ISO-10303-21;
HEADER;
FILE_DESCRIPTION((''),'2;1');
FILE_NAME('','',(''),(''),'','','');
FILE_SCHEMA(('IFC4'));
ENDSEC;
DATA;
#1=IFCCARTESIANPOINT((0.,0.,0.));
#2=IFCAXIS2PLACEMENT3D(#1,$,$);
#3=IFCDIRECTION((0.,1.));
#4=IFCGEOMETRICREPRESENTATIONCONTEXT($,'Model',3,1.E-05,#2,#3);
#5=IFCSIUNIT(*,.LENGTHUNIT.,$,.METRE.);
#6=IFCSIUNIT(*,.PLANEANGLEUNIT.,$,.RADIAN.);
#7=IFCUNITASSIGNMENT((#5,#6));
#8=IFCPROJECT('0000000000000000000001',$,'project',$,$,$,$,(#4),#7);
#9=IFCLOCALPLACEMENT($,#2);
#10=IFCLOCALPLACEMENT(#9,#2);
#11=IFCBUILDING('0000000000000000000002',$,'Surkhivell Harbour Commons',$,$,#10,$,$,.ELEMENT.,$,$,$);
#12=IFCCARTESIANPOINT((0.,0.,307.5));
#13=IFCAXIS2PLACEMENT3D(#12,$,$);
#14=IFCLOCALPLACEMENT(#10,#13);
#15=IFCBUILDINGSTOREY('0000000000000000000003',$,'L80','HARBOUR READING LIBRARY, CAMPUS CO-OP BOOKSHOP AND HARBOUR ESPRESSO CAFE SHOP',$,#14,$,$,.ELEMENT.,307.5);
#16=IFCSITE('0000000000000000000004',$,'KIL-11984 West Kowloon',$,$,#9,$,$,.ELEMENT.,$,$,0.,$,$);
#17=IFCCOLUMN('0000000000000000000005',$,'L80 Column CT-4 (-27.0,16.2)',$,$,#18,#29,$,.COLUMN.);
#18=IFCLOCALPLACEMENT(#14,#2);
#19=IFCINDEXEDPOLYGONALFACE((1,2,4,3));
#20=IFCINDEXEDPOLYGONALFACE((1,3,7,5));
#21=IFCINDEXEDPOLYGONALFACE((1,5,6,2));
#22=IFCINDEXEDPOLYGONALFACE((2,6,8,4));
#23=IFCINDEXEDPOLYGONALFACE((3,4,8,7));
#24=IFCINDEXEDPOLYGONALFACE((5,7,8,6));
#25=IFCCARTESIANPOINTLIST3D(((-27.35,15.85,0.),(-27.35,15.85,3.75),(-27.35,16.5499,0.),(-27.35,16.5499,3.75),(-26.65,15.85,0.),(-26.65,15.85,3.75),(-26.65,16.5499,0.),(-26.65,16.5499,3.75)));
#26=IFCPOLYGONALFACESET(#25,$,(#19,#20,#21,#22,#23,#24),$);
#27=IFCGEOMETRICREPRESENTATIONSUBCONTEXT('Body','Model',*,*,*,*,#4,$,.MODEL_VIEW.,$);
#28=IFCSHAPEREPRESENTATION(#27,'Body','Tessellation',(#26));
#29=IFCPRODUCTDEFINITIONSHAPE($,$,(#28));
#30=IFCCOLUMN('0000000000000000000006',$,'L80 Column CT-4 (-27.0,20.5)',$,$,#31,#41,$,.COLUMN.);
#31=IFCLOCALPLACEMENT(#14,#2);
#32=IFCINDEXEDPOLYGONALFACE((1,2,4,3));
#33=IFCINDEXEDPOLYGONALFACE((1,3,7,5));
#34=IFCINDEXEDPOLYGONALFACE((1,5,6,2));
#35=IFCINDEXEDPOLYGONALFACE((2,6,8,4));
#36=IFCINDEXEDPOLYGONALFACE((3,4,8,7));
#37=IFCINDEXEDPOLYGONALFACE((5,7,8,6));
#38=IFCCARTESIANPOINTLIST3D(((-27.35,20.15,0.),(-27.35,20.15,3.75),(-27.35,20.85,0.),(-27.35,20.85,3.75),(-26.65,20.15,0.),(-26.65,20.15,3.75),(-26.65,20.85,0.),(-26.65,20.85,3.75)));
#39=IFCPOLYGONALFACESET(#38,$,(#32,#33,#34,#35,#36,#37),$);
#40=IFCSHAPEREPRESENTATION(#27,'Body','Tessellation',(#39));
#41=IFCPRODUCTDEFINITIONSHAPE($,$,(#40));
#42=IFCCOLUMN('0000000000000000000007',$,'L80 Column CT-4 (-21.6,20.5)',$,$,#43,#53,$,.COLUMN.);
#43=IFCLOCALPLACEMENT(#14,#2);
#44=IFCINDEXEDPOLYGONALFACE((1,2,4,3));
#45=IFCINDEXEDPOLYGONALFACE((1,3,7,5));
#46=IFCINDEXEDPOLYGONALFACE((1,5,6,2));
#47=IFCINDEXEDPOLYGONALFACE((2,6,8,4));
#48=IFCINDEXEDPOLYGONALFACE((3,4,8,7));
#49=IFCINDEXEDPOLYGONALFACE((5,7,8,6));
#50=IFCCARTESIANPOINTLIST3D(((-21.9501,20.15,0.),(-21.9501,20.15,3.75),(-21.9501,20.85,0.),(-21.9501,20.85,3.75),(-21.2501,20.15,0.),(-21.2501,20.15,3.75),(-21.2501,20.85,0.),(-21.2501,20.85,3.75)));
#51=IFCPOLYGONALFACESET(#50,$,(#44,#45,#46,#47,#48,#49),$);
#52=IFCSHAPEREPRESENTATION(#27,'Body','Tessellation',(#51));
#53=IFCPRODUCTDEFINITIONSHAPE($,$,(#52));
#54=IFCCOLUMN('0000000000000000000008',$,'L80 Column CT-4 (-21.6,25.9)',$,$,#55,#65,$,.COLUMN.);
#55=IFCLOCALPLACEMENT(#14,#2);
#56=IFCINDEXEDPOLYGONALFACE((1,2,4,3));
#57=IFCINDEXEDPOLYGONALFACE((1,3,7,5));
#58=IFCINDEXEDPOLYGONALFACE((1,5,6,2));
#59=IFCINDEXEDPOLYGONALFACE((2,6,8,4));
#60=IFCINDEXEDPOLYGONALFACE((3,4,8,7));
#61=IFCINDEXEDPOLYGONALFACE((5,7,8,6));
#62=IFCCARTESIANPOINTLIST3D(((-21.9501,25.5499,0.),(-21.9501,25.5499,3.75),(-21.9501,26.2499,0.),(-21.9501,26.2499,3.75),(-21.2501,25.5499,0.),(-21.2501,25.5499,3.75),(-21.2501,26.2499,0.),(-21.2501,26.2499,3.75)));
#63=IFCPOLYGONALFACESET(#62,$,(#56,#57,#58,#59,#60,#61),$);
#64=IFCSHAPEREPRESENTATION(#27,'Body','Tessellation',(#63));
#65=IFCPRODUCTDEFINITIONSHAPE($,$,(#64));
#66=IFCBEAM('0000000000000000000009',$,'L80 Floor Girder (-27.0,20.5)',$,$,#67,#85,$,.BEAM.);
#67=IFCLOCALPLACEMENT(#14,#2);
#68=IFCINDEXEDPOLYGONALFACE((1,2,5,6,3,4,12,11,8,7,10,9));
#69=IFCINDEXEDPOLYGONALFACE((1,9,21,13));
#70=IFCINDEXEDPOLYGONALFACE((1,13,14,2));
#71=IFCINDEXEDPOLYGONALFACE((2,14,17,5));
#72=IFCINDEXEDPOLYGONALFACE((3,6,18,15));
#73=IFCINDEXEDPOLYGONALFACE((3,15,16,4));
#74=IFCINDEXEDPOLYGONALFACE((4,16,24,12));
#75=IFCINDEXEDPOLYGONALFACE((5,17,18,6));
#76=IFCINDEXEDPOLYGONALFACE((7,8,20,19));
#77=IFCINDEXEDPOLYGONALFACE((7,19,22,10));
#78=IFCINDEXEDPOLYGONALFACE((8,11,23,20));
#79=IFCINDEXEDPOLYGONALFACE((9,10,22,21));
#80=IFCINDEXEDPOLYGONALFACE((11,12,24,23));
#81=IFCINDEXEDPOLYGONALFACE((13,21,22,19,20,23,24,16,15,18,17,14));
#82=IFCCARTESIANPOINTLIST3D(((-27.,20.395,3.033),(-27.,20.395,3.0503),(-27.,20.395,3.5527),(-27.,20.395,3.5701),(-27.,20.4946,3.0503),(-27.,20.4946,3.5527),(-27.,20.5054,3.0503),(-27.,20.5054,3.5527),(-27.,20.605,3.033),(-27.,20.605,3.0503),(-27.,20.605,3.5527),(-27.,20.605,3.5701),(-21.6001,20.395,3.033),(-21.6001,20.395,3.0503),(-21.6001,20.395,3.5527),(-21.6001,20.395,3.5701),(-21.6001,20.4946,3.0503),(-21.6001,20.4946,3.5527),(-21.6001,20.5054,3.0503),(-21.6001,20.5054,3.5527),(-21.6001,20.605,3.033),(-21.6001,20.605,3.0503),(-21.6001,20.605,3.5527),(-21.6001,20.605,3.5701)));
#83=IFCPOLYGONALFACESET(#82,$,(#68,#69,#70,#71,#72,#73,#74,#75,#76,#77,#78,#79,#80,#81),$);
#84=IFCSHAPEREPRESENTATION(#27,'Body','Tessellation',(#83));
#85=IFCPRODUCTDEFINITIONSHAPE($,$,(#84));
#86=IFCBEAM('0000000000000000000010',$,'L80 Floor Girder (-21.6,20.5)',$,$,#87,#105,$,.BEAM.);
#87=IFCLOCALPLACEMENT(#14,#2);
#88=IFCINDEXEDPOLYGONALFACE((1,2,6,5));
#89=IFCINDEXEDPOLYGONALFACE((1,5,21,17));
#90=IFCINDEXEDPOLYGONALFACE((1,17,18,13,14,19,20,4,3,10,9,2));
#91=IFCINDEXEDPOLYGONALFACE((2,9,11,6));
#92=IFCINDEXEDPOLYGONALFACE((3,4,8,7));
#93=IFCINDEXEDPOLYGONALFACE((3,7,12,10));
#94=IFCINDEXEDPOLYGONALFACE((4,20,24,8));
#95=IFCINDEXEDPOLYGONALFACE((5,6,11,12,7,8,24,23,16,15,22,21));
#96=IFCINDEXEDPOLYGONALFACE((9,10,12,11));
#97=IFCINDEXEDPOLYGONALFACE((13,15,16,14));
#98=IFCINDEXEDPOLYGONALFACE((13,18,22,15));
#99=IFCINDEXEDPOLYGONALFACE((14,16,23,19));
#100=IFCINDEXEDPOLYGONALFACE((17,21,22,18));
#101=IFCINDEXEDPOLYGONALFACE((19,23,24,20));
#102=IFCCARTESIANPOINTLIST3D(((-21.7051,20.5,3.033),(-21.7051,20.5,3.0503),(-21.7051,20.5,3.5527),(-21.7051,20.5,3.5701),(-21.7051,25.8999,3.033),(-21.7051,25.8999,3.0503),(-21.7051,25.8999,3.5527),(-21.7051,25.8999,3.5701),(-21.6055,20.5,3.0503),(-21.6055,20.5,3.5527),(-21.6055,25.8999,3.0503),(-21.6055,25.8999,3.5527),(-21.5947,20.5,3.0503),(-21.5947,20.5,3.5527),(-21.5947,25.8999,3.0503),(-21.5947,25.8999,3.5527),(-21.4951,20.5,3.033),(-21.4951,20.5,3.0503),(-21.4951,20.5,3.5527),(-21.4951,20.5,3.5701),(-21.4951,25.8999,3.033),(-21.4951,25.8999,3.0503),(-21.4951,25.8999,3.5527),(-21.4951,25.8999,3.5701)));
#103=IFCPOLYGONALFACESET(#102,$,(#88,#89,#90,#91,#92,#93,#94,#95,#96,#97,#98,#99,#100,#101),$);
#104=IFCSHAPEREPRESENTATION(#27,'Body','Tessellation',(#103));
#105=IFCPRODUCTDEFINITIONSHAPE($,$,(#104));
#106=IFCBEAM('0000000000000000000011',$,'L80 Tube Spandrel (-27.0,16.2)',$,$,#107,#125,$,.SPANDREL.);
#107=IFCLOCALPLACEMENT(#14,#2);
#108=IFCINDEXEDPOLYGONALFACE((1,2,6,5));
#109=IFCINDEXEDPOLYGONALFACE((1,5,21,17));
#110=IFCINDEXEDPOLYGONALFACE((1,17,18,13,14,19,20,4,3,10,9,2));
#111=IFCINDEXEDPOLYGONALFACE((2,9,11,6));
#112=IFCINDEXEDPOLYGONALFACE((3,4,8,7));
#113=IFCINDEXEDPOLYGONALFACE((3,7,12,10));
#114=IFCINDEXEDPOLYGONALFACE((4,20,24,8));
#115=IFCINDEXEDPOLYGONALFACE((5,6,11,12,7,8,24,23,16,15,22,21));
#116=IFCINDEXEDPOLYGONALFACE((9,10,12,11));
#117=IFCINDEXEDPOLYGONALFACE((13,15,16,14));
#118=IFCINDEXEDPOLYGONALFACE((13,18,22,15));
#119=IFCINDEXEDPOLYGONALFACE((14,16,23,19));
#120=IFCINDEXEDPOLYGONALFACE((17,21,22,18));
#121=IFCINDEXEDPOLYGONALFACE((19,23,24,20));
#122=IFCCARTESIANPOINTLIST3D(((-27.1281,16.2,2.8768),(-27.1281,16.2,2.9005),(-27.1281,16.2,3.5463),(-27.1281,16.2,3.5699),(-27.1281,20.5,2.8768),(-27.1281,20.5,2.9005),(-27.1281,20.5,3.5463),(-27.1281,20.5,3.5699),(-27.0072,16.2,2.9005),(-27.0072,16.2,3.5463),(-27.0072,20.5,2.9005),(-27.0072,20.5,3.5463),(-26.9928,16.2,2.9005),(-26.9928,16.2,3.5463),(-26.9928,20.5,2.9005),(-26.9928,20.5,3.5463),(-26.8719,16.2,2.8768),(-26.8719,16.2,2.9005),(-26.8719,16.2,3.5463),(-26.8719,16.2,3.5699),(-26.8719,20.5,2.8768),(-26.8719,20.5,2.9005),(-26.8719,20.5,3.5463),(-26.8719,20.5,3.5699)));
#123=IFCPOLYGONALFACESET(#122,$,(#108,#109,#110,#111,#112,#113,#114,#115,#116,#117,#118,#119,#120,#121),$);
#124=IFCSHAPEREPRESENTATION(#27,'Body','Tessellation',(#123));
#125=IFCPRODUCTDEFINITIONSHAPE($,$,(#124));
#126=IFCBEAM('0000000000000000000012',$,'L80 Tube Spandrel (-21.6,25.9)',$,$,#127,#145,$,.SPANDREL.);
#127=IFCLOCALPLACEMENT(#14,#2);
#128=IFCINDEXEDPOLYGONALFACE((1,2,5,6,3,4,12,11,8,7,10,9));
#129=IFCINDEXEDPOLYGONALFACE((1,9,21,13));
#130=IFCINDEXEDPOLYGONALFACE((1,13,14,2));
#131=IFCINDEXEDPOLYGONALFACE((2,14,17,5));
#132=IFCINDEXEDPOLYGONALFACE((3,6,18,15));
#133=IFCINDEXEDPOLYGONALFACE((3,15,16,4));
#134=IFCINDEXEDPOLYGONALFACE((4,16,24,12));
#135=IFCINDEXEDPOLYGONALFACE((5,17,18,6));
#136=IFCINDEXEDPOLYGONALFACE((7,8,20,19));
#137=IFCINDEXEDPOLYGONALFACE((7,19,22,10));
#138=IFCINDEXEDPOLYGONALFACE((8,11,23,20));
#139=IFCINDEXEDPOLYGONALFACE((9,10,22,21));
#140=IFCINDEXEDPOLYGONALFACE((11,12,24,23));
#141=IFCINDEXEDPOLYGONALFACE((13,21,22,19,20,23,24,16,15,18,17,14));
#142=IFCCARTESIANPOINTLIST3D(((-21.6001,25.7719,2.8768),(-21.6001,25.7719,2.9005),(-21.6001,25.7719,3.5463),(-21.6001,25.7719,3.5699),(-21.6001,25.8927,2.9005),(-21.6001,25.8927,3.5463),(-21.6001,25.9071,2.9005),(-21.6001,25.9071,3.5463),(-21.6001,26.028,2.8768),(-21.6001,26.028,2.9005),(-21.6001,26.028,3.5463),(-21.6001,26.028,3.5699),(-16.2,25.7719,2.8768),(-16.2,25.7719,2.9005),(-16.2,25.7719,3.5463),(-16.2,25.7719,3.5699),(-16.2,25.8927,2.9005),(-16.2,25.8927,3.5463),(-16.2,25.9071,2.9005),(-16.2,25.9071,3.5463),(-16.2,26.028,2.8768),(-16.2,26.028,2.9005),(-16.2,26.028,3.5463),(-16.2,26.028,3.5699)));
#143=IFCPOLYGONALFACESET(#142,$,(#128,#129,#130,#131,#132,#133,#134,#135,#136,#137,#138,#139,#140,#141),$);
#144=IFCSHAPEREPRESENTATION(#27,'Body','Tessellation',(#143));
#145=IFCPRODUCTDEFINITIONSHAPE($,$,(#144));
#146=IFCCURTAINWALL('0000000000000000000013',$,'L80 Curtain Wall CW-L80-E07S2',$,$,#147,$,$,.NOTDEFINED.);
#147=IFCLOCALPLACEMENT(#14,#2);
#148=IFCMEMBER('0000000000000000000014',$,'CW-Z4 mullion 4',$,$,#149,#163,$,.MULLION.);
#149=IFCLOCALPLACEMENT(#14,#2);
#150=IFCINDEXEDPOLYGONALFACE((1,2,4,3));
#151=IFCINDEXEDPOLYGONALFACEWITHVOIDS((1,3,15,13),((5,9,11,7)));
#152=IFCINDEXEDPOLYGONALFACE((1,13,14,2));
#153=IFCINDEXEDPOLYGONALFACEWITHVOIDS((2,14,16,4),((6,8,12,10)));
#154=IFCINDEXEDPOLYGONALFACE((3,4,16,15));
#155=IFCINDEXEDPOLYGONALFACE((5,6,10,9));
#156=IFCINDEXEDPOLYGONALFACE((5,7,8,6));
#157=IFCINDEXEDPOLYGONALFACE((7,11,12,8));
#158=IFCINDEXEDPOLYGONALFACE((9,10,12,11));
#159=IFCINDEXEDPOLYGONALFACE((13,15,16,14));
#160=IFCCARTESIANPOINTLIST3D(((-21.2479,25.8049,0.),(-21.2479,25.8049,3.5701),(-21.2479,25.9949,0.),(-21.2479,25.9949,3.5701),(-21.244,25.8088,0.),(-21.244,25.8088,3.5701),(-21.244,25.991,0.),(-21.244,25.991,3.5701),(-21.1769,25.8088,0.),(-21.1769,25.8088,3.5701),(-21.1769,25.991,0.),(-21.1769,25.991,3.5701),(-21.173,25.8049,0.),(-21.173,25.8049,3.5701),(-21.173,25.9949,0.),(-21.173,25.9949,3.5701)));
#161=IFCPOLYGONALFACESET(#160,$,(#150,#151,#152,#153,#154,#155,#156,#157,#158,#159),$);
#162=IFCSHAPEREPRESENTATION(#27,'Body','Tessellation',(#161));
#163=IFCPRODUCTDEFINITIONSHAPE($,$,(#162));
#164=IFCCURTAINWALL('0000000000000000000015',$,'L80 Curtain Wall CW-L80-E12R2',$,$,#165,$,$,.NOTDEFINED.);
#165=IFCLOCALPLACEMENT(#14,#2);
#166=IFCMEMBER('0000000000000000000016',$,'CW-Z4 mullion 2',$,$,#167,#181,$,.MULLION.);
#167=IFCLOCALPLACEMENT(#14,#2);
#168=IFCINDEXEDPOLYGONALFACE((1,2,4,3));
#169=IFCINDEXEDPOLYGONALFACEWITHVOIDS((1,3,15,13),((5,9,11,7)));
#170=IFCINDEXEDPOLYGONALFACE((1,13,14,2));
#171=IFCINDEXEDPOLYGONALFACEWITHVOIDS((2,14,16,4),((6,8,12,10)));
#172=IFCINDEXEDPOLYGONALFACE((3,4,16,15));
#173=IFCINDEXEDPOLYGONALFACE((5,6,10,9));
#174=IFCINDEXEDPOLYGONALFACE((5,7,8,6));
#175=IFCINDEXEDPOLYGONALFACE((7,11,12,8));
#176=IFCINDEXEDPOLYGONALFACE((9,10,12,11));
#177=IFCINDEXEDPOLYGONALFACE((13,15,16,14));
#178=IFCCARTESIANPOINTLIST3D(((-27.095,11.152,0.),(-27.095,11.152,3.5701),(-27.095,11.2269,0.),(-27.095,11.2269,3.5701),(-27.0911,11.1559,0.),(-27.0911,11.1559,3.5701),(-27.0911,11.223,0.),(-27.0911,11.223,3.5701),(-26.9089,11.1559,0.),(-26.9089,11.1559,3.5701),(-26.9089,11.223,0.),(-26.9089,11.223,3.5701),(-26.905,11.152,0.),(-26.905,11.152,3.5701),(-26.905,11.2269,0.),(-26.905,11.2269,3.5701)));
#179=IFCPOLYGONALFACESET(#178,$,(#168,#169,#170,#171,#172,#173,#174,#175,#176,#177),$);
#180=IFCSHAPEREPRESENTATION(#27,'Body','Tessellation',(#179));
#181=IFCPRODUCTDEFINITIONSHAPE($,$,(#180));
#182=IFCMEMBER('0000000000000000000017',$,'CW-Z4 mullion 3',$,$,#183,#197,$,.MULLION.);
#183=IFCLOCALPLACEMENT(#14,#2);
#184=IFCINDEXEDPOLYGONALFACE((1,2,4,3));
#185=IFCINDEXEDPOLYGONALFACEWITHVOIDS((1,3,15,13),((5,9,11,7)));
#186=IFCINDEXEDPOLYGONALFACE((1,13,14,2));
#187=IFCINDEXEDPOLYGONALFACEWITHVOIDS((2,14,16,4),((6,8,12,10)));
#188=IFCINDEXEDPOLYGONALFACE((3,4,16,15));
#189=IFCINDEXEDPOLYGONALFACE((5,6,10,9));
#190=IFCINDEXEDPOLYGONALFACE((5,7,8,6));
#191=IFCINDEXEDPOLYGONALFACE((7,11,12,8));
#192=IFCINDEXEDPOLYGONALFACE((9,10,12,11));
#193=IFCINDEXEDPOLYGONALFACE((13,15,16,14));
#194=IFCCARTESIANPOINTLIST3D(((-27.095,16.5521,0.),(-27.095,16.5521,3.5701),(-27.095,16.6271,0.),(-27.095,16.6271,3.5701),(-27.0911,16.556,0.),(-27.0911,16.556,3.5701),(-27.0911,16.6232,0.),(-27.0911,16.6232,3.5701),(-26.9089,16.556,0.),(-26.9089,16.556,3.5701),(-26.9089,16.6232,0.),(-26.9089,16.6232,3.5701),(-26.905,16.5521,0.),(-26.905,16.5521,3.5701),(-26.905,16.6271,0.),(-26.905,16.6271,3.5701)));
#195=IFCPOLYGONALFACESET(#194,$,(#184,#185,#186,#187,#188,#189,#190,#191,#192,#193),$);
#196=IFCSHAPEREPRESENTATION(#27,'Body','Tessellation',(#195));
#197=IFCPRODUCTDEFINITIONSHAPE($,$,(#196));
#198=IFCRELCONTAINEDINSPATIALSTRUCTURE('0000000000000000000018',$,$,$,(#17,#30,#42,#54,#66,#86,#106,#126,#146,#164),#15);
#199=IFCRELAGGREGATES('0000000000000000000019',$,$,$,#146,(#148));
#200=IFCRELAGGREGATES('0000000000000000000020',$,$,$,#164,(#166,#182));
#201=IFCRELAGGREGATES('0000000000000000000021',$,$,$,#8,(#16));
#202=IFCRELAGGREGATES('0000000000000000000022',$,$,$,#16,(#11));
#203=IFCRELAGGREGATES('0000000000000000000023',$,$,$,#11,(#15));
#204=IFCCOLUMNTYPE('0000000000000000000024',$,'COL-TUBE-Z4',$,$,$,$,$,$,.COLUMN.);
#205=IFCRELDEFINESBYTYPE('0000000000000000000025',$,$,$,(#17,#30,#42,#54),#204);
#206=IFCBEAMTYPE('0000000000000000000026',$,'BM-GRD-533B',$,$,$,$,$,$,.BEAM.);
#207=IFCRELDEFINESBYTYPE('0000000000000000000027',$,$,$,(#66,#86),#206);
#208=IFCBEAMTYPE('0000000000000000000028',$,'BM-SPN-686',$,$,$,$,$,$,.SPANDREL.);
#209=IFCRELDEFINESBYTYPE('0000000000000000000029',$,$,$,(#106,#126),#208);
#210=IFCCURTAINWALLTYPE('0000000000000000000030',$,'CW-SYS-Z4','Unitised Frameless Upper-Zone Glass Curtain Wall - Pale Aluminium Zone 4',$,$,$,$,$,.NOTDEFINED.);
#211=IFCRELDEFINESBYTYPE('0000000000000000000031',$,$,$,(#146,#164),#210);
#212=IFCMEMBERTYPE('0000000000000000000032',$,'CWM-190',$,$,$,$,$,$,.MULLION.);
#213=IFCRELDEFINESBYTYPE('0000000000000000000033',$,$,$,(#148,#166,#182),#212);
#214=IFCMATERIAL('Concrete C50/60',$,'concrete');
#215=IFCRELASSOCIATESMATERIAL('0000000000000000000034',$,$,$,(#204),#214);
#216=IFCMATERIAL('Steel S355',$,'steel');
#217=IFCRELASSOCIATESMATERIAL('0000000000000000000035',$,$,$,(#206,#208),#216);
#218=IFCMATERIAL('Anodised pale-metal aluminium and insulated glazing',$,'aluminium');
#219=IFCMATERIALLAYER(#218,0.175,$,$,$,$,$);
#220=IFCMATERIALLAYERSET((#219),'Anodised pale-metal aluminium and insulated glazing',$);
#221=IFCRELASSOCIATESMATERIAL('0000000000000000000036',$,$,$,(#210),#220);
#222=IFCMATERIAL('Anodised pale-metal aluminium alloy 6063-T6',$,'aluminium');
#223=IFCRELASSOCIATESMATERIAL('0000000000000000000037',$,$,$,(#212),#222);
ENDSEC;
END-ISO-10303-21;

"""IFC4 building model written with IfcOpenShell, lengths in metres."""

from ifc_helpers import new_model, si_unit, direction, frame, origin, origin_2d, place, context, subcontext, project, spatial, rectangle, hollow_rectangle, i_section, extrude, material, layer, layer_set, material_profile, profile_set, type_object, element, aggregate, save


model = new_model("IFC4")

# Units and contexts
model_context = context("Model", 3, precision=1e-05, world=origin(), true_north=direction((0.0, 1.0)))
body_context = subcontext(model_context, "Body", "Model", "MODEL_VIEW")
ifc_project = project(units=[si_unit("LENGTHUNIT", "METRE"), si_unit("PLANEANGLEUNIT", "RADIAN")], contexts=[model_context])

# Site, building, storey
site_placement = place(None, origin())
site = spatial("IfcSite", under=ifc_project, at=site_placement, Name="KIL-11984 West Kowloon", CompositionType="ELEMENT", RefElevation=0.0)
building_placement = place(site_placement, origin())
building = spatial("IfcBuilding", under=site, at=building_placement, Name="Surkhivell Harbour Commons", CompositionType="ELEMENT")
storey_placement = place(building_placement, frame((0.0, 0.0, 307.5)))
storey = spatial("IfcBuildingStorey", under=building, at=storey_placement, Name="L80", Description="HARBOUR READING LIBRARY, CAMPUS CO-OP BOOKSHOP AND HARBOUR ESPRESSO CAFE SHOP", CompositionType="ELEMENT", Elevation=307.5)

# Columns
ifc_material_1 = material(Name="Concrete C50/60", Category="concrete")
ifc_material_profile_1 = material_profile(ifc_material_1, rectangle(XDim=0.7, YDim=0.7, at=origin_2d()), Name="RC-COL-700x700")
ifc_profile_set_1 = profile_set([ifc_material_profile_1], Name="Concrete C50/60")
column_type = type_object("IfcColumnType", Name="COL-TUBE-Z4", PredefinedType="COLUMN", material=ifc_profile_set_1)
for number, where, z_axis, x_axis, name in (
    (1, (-27.0, 16.2, 0.0), (0.0, 0.0, 1.0), (1.0, 0.0, 0.0), "L80 Column CT-4 (-27.0,16.2)"),
    (2, (-27.0, 20.5, 0.0), (0.0, 0.0, 1.0), (1.0, 0.0, 0.0), "L80 Column CT-4 (-27.0,20.5)"),
    (3, (-21.6001, 20.5, 0.0), (0.0, 0.0, 1.0), (1.0, 0.0, 0.0), "L80 Column CT-4 (-21.6,20.5)"),
    (4, (-21.6001, 25.8999, 0.0), (0.0, 0.0, 1.0), (1.0, 0.0, 0.0), "L80 Column CT-4 (-21.6,25.9)"),
):
    element("IfcColumn", number, at=place(storey_placement, frame(where, z_axis=z_axis, x_axis=x_axis)), inside=storey, type_object=column_type, Name=name, PredefinedType="COLUMN", context=body_context, shape_type="SweptSolid", body=[
        extrude(rectangle(XDim=0.7, YDim=0.7, at=origin_2d()), origin(), (0.0, 0.0, 1.0), 3.75),
    ])

# Beams
ifc_material_2 = material(Name="Steel S355", Category="steel")
ifc_material_profile_2 = material_profile(ifc_material_2, i_section(OverallWidth=0.21, OverallDepth=0.5371, WebThickness=0.0107, FlangeThickness=0.0173, at=origin_2d()), Name="UB533x210x101")
ifc_profile_set_2 = profile_set([ifc_material_profile_2], Name="Steel S355")
beam_type_1 = type_object("IfcBeamType", Name="BM-GRD-533B", PredefinedType="BEAM", material=ifc_profile_set_2)
for number, where, z_axis, x_axis, name in (
    (5, (-27.0, 20.5, 3.3015), (1.0, 0.0, 0.0), (0.0, 1.0, 0.0), "L80 Floor Girder (-27.0,20.5)"),
    (6, (-21.6001, 20.5, 3.3015), (0.0, 1.0, 0.0), (-1.0, 0.0, 0.0), "L80 Floor Girder (-21.6,20.5)"),
):
    element("IfcBeam", number, at=place(storey_placement, frame(where, z_axis=z_axis, x_axis=x_axis)), inside=storey, type_object=beam_type_1, Name=name, PredefinedType="BEAM", context=body_context, shape_type="SweptSolid", body=[
        extrude(i_section(OverallWidth=0.21, OverallDepth=0.5371, WebThickness=0.0107, FlangeThickness=0.0173, at=origin_2d()), origin(), (0.0, 0.0, 1.0), 5.3999),
    ])
ifc_material_profile_3 = material_profile(ifc_material_2, i_section(OverallWidth=0.2561, OverallDepth=0.6931, WebThickness=0.0144, FlangeThickness=0.0237, at=origin_2d()), Name="UB686x254x170")
ifc_profile_set_3 = profile_set([ifc_material_profile_3], Name="Steel S355")
beam_type_2 = type_object("IfcBeamType", Name="BM-SPN-686", PredefinedType="SPANDREL", material=ifc_profile_set_3)
beam_1_placement = place(storey_placement, frame((-27.0, 16.2, 3.2234), z_axis=(0.0, 1.0, 0.0), x_axis=(-1.0, 0.0, 0.0)))
element("IfcBeam", 7, at=beam_1_placement, inside=storey, type_object=beam_type_2, Name="L80 Tube Spandrel (-27.0,16.2)", PredefinedType="SPANDREL", context=body_context, shape_type="SweptSolid", body=[
    extrude(i_section(OverallWidth=0.2561, OverallDepth=0.6931, WebThickness=0.0144, FlangeThickness=0.0237, at=origin_2d()), origin(), (0.0, 0.0, 1.0), 4.3),
])
beam_2_placement = place(storey_placement, frame((-21.6001, 25.8999, 3.2234), z_axis=(1.0, 0.0, 0.0), x_axis=(0.0, 1.0, 0.0)))
element("IfcBeam", 8, at=beam_2_placement, inside=storey, type_object=beam_type_2, Name="L80 Tube Spandrel (-21.6,25.9)", PredefinedType="SPANDREL", context=body_context, shape_type="SweptSolid", body=[
    extrude(i_section(OverallWidth=0.2561, OverallDepth=0.6931, WebThickness=0.0144, FlangeThickness=0.0237, at=origin_2d()), origin(), (0.0, 0.0, 1.0), 5.4001),
])

# Curtain wall, member
ifc_material_3 = material(Name="Anodised pale-metal aluminium and insulated glazing", Category="aluminium")
ifc_layer_1 = layer(ifc_material_3, 0.175)
ifc_layer_set_1 = layer_set([ifc_layer_1], Name="Anodised pale-metal aluminium and insulated glazing")
curtain_wall_type = type_object("IfcCurtainWallType", Name="CW-SYS-Z4", Description="Unitised Frameless Upper-Zone Glass Curtain Wall - Pale Aluminium Zone 4", PredefinedType="NOTDEFINED", material=ifc_layer_set_1)
curtain_wall_1_placement = place(storey_placement, origin())
curtain_wall_1 = element("IfcCurtainWall", 9, at=curtain_wall_1_placement, inside=storey, type_object=curtain_wall_type, Name="L80 Curtain Wall CW-L80-E07S2", PredefinedType="NOTDEFINED")
ifc_material_4 = material(Name="Anodised pale-metal aluminium alloy 6063-T6", Category="aluminium")
ifc_material_profile_4 = material_profile(ifc_material_4, hollow_rectangle(XDim=0.075, YDim=0.1899, WallThickness=0.0039, at=origin_2d()), Name="ALU-MULL-75x190")
ifc_profile_set_4 = profile_set([ifc_material_profile_4], Name="Anodised pale-metal aluminium alloy 6063-T6")
member_type_1 = type_object("IfcMemberType", Name="CWM-190", PredefinedType="MULLION", material=ifc_profile_set_4)
member_1_placement = place(storey_placement, frame((-21.2104, 25.8999, 0.0), z_axis=(0.0, 0.0, 1.0), x_axis=(-1.0, 0.0, 0.0)))
member_1 = element("IfcMember", 10, at=member_1_placement, type_object=member_type_1, Name="CW-Z4 mullion 4", PredefinedType="MULLION", context=body_context, shape_type="SweptSolid", body=[
    extrude(hollow_rectangle(XDim=0.075, YDim=0.1899, WallThickness=0.0039, at=origin_2d()), origin(), (0.0, 0.0, 1.0), 3.5701),
])

# Curtain wall, members
curtain_wall_2_placement = place(storey_placement, origin())
curtain_wall_2 = element("IfcCurtainWall", 11, at=curtain_wall_2_placement, inside=storey, type_object=curtain_wall_type, Name="L80 Curtain Wall CW-L80-E12R2", PredefinedType="NOTDEFINED")
member_2_placement = place(storey_placement, frame((-27.0, 11.1895, 0.0), z_axis=(0.0, 0.0, 1.0), x_axis=(0.0, 1.0, 0.0)))
member_2 = element("IfcMember", 12, at=member_2_placement, type_object=member_type_1, Name="CW-Z4 mullion 2", PredefinedType="MULLION", context=body_context, shape_type="SweptSolid", body=[
    extrude(hollow_rectangle(XDim=0.075, YDim=0.1899, WallThickness=0.0039, at=origin_2d()), origin(), (0.0, 0.0, 1.0), 3.5701),
])
member_3_placement = place(storey_placement, frame((-27.0, 16.5896, 0.0), z_axis=(0.0, 0.0, 1.0), x_axis=(0.0, 1.0, 0.0)))
member_3 = element("IfcMember", 13, at=member_3_placement, type_object=member_type_1, Name="CW-Z4 mullion 3", PredefinedType="MULLION", context=body_context, shape_type="SweptSolid", body=[
    extrude(hollow_rectangle(XDim=0.075, YDim=0.1899, WallThickness=0.0039, at=origin_2d()), origin(), (0.0, 0.0, 1.0), 3.5701),
])

aggregate(curtain_wall_1, [member_1])
aggregate(curtain_wall_2, [member_2, member_3])

save(model, "model.ifc")
